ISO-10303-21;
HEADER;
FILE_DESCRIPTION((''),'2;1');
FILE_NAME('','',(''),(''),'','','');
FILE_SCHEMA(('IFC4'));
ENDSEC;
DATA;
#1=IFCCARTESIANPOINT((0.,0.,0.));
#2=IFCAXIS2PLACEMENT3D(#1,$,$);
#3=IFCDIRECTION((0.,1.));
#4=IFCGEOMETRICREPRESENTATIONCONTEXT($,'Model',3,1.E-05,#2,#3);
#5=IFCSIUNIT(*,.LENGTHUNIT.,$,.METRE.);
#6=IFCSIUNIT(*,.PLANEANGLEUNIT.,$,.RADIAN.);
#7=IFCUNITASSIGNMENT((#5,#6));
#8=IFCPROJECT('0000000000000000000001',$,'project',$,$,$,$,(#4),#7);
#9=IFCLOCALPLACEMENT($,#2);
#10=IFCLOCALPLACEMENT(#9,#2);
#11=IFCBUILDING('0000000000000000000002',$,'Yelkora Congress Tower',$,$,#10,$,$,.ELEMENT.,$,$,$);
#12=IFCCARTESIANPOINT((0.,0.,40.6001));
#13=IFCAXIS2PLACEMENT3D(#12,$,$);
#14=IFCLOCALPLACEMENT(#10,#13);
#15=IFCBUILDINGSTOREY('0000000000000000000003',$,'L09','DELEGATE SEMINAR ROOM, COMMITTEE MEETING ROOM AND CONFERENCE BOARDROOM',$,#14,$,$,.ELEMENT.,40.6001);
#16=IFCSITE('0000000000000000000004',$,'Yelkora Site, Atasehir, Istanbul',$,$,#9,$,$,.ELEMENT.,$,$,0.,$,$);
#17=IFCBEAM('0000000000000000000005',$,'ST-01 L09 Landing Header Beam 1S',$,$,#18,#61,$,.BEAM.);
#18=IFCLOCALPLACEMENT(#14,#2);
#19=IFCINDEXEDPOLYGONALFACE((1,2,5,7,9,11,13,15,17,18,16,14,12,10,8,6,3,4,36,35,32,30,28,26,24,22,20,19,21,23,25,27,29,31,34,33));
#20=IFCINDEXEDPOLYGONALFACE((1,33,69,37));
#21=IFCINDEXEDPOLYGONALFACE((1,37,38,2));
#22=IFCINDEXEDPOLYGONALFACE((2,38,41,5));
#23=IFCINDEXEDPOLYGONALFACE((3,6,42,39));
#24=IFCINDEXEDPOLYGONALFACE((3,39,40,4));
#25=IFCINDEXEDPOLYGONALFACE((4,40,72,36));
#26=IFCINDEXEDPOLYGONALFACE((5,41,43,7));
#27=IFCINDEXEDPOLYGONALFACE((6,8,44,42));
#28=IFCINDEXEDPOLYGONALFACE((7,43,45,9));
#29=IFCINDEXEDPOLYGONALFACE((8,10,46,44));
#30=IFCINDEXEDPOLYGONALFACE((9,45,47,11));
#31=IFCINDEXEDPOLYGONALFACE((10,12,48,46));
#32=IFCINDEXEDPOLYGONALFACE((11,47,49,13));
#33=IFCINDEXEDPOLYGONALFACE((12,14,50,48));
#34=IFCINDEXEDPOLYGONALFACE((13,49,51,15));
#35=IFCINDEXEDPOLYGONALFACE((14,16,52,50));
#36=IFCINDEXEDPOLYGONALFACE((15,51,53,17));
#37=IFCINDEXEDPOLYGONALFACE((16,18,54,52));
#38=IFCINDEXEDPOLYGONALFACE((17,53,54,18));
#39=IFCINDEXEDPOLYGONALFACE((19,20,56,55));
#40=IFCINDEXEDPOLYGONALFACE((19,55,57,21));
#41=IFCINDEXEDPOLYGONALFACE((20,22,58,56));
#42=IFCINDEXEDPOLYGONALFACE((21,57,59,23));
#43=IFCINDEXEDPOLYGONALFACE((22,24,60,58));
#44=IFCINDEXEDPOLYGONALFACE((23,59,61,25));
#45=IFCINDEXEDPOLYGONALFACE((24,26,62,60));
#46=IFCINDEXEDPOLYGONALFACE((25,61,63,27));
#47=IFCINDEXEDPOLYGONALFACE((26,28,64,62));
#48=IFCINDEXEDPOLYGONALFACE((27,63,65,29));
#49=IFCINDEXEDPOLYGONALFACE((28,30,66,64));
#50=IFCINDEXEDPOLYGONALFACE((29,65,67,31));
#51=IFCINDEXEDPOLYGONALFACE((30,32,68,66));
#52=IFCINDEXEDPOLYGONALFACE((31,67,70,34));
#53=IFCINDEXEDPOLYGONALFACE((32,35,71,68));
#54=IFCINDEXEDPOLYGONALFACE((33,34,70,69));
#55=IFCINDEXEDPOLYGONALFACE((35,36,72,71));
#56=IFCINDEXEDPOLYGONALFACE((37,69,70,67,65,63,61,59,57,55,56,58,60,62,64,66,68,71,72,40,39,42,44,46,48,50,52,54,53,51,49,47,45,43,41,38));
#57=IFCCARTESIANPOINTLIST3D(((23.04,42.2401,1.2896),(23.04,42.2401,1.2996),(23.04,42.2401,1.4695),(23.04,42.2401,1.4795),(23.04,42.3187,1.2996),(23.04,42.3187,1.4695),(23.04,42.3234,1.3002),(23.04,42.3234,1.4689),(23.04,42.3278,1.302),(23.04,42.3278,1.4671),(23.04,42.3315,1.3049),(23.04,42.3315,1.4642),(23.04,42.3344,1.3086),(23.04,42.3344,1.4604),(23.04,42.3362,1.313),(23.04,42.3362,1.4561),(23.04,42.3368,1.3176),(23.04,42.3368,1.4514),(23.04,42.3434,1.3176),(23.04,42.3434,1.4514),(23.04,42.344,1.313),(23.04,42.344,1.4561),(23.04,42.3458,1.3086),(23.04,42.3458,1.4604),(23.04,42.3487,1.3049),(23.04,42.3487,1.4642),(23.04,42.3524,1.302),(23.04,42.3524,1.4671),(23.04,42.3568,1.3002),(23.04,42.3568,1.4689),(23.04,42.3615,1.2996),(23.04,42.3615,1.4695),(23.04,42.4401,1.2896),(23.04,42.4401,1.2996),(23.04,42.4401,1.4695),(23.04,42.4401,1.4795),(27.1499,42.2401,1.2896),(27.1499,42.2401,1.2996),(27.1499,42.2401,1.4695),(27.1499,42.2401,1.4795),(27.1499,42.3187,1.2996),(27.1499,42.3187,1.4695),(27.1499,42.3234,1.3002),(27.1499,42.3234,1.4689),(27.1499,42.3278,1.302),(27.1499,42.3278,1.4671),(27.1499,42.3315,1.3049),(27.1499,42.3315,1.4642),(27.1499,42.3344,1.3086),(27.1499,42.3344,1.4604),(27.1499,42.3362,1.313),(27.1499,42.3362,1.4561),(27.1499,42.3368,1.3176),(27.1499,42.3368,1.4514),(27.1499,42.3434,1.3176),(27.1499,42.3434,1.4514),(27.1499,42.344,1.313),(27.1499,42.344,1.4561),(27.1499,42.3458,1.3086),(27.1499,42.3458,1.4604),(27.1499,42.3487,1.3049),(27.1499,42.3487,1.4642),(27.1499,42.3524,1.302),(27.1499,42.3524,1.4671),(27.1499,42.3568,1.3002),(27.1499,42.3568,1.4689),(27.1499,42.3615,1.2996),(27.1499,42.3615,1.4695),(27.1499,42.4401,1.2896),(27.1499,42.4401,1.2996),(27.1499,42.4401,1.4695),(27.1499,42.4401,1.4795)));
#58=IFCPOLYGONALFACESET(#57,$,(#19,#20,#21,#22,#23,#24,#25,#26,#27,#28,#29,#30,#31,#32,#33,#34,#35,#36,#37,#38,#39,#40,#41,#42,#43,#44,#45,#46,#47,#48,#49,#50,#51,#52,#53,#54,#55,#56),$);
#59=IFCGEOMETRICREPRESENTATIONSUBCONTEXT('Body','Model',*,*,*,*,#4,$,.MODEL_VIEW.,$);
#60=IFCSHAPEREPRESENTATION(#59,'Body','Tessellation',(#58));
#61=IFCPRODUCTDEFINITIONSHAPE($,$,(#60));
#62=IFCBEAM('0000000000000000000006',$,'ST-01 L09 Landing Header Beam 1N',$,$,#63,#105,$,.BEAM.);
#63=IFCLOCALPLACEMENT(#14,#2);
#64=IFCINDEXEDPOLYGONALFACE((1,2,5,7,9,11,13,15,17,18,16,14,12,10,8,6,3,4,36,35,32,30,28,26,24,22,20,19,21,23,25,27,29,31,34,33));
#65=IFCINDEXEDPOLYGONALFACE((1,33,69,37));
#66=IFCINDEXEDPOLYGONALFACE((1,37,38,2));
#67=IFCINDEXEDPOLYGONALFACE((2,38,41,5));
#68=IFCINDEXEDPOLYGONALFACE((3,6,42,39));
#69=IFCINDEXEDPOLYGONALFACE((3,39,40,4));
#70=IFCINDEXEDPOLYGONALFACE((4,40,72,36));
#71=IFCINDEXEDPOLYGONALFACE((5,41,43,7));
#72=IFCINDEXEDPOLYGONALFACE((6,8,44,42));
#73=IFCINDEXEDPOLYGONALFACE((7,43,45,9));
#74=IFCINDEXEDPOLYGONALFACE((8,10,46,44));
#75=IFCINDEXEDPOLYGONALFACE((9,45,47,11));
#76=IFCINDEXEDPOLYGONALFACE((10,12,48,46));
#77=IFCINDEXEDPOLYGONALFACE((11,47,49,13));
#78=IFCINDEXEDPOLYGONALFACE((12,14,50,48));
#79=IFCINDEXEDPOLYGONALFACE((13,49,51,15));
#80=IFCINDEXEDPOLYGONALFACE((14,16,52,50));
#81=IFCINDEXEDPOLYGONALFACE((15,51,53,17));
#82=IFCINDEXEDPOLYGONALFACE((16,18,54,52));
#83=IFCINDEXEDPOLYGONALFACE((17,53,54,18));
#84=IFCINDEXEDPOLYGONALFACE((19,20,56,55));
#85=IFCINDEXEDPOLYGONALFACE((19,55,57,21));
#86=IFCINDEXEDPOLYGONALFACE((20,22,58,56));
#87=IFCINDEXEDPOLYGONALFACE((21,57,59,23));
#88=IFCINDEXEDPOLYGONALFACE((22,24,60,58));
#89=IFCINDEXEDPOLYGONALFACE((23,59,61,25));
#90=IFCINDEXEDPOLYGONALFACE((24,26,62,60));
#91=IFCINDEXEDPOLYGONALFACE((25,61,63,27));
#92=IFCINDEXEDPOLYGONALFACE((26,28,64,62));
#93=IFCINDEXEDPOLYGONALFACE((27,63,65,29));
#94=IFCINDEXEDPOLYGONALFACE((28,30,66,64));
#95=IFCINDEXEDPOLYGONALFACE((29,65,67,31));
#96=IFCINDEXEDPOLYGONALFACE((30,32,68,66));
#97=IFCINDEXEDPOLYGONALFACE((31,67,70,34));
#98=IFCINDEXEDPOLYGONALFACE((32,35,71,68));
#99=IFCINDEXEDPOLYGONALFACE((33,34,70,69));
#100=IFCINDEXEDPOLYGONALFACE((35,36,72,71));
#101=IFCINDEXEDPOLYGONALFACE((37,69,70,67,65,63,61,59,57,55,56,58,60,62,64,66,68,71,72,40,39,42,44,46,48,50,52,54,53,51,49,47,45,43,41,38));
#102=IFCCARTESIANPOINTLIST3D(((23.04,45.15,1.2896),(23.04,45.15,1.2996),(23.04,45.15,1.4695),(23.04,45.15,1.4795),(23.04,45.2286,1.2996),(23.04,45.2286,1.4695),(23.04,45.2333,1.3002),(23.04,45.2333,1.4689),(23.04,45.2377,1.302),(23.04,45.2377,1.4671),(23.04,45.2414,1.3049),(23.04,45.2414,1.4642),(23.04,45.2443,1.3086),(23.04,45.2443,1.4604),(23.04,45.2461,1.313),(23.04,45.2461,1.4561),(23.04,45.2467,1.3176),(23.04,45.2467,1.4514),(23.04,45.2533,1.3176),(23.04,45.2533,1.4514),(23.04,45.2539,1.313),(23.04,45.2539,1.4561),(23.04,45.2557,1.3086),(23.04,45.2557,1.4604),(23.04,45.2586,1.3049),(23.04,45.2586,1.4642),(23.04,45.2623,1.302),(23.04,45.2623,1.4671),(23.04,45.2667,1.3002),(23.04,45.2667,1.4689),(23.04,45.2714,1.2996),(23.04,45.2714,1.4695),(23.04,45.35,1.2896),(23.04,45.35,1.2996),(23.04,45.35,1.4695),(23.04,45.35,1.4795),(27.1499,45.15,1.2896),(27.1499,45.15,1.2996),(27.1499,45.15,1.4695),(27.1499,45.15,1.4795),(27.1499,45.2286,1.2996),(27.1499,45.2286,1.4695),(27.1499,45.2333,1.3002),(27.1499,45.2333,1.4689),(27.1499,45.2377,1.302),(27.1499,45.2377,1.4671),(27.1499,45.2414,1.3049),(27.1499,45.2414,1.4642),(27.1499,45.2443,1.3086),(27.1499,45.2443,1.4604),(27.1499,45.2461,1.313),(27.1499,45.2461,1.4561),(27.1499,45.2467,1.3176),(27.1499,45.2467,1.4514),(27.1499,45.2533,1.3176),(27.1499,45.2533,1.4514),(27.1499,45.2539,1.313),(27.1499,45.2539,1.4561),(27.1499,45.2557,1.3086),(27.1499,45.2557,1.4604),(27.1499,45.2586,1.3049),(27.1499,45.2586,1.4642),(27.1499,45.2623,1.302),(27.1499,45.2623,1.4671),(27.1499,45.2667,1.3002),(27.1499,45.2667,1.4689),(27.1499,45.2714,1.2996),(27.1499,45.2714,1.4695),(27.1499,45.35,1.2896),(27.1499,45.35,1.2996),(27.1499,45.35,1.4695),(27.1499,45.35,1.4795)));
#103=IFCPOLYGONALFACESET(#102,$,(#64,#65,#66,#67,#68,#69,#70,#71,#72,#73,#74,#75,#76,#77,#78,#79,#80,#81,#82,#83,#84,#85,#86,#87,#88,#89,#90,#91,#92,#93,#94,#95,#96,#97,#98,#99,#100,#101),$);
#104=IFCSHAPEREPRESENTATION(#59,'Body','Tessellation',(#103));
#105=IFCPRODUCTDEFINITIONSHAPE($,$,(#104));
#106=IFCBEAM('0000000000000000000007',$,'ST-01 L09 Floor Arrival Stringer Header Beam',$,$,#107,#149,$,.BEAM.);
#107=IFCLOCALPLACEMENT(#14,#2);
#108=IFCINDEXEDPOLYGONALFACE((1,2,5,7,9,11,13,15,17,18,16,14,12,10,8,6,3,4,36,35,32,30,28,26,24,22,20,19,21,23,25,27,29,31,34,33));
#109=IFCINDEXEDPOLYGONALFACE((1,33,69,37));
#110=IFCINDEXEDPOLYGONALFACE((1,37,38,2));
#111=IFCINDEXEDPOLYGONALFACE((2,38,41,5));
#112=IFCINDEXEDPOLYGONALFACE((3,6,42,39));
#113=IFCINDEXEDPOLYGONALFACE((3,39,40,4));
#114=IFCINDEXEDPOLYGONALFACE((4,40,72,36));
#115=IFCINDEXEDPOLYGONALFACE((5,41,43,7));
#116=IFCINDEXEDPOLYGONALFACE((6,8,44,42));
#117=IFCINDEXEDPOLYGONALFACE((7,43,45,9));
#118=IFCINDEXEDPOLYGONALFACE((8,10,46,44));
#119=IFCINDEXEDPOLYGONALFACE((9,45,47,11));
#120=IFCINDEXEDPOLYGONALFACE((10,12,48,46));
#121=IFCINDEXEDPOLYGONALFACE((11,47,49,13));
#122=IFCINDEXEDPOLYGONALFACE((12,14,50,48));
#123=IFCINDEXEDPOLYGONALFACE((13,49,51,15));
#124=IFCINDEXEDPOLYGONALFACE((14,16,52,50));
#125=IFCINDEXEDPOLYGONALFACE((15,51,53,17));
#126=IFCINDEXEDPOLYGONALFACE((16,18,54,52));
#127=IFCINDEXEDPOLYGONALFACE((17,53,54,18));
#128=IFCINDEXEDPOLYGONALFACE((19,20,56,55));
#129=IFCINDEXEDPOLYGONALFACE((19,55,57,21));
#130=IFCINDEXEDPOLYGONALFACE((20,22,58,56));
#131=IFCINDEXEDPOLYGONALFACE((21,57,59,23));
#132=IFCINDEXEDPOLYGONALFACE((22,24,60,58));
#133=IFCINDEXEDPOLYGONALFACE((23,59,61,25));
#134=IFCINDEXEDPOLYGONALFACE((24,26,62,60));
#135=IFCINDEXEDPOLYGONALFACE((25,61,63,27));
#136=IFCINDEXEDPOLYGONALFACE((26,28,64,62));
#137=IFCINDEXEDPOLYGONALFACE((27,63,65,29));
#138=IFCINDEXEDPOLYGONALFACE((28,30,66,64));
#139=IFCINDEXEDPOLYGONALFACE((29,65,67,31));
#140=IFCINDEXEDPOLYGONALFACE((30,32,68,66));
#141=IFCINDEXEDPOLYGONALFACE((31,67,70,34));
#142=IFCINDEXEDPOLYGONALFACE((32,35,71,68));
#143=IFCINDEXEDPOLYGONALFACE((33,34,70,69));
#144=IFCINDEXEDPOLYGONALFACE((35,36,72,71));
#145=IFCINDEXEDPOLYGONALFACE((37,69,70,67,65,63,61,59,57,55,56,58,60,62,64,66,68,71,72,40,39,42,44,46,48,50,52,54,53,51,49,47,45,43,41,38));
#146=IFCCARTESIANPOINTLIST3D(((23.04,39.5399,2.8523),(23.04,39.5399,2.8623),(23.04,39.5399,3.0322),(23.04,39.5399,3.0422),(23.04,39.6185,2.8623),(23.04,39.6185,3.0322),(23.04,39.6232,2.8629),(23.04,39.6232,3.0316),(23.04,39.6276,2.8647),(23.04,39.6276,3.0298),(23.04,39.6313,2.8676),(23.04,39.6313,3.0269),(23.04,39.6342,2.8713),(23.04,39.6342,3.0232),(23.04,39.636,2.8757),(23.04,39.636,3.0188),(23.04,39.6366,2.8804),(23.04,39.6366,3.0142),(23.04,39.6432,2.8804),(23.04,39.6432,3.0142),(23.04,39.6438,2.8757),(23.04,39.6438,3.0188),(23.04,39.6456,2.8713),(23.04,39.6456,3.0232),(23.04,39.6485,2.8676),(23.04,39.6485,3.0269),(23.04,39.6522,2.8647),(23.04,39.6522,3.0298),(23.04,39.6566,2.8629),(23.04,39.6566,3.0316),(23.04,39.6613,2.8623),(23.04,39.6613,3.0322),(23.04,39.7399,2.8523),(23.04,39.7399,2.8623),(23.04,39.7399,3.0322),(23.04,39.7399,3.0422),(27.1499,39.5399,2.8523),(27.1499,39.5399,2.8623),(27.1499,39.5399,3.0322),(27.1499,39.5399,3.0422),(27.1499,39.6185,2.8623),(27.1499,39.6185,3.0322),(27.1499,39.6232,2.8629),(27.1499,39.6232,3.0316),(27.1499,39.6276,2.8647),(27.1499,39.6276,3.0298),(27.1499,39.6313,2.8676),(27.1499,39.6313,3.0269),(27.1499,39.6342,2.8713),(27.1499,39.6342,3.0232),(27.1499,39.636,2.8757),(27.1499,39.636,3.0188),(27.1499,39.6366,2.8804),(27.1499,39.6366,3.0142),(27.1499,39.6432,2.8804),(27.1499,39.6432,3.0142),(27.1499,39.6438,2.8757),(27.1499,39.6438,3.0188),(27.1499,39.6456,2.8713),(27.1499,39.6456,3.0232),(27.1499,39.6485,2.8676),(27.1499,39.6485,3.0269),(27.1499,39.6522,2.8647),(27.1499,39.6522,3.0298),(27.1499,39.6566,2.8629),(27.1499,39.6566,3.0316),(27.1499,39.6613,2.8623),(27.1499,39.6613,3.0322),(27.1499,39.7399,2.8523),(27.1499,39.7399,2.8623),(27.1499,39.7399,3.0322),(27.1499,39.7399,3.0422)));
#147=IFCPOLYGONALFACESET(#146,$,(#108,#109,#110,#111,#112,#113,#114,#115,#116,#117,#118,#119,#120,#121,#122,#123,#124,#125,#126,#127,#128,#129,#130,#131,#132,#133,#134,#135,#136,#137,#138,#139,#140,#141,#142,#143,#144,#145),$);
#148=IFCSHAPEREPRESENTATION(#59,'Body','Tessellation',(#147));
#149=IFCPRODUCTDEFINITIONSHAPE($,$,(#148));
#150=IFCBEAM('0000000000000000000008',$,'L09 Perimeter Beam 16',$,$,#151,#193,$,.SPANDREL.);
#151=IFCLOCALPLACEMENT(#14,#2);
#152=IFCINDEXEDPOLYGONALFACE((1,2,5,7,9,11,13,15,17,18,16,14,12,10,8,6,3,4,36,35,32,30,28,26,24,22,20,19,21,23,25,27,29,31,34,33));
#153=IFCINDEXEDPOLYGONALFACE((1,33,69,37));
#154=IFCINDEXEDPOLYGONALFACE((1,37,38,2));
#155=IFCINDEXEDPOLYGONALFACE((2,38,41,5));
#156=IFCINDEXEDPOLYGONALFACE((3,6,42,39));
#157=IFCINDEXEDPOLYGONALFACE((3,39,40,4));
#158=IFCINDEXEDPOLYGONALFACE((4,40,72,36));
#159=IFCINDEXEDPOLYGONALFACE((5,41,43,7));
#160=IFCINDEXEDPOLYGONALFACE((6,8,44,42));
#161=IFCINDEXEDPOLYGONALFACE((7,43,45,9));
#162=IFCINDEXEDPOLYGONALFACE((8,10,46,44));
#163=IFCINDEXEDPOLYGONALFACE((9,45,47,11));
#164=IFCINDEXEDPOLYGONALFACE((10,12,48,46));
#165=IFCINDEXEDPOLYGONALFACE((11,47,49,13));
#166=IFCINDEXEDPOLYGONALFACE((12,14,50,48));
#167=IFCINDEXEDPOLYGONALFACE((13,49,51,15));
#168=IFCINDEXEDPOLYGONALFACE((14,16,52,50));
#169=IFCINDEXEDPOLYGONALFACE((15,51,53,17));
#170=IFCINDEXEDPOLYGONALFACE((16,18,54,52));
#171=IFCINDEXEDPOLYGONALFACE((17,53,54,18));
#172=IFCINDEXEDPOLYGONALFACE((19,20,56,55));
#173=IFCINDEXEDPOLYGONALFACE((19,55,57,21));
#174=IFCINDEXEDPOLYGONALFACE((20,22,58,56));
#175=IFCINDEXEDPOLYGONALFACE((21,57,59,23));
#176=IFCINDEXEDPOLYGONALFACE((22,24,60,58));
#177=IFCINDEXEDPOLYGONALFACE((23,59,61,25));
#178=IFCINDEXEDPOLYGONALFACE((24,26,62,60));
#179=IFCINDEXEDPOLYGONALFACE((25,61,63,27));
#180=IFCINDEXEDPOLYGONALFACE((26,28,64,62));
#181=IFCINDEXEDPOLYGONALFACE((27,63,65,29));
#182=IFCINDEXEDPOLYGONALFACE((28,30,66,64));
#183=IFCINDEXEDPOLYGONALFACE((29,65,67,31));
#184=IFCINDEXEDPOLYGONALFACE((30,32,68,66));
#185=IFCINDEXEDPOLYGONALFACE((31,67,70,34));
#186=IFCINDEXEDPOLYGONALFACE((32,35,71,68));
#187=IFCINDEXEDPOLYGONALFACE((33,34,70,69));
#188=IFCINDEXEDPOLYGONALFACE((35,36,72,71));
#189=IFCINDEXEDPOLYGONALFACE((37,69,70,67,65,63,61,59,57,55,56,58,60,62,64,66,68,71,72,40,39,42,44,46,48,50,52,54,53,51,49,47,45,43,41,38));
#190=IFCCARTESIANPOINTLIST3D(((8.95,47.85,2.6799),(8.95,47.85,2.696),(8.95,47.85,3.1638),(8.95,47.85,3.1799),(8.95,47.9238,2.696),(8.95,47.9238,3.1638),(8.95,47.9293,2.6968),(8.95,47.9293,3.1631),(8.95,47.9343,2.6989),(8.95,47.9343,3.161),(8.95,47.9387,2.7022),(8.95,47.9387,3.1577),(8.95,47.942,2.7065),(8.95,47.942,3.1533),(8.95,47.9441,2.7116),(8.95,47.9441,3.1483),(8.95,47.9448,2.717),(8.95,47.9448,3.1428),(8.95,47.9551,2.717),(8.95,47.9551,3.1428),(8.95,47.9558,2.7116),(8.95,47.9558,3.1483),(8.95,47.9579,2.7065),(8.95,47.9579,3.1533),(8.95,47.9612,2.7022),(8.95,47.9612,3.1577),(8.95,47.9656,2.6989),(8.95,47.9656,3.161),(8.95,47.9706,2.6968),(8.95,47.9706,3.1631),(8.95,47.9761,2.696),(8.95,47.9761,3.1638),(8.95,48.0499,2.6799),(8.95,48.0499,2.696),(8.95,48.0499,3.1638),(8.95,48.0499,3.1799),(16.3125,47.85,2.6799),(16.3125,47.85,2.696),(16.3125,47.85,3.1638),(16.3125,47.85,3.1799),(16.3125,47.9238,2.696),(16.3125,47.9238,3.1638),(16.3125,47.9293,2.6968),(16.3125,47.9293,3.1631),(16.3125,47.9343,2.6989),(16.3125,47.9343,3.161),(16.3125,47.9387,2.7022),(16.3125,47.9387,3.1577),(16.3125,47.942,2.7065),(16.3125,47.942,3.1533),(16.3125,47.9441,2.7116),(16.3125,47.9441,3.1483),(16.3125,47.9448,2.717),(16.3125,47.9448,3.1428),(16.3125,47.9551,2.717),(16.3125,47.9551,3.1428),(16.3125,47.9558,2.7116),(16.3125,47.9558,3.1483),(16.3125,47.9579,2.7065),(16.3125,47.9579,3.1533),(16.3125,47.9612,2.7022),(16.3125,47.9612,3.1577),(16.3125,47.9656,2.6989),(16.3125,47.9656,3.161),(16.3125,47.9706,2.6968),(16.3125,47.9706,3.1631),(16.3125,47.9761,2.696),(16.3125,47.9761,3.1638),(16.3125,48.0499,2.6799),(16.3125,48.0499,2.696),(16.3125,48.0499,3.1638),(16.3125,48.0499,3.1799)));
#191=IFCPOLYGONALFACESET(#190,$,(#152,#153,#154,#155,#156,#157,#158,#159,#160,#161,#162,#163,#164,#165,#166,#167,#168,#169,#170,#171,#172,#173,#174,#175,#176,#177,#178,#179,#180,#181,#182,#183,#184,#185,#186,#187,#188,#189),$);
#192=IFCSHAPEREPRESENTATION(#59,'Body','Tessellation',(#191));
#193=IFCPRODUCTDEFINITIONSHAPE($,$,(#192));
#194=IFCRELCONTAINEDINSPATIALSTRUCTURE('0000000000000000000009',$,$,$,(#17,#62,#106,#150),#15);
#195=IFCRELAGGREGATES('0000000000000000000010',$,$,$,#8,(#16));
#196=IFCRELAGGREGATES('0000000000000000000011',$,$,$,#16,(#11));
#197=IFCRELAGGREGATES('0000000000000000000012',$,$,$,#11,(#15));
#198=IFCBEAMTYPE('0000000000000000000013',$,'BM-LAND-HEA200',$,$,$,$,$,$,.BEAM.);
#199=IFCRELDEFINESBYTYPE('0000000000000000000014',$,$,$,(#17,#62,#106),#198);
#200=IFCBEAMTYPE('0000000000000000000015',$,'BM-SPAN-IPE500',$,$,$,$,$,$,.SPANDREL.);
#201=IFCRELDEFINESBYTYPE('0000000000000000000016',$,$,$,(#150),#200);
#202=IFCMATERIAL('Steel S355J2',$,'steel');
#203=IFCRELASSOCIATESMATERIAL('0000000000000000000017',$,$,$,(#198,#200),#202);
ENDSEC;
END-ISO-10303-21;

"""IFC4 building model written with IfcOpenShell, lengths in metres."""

from ifc_helpers import new_model, si_unit, direction, frame, origin, origin_2d, place, context, subcontext, project, spatial, i_section, extrude, material, material_profile, profile_set, type_object, element, save


model = new_model("IFC4")

# Units and contexts
model_context = context("Model", 3, precision=1e-05, world=origin(), true_north=direction((0.0, 1.0)))
body_context = subcontext(model_context, "Body", "Model", "MODEL_VIEW")
ifc_project = project(units=[si_unit("LENGTHUNIT", "METRE"), si_unit("PLANEANGLEUNIT", "RADIAN")], contexts=[model_context])

# Site, building, storey
site_placement = place(None, origin())
site = spatial("IfcSite", under=ifc_project, at=site_placement, Name="Yelkora Site, Atasehir, Istanbul", CompositionType="ELEMENT", RefElevation=0.0)
building_placement = place(site_placement, origin())
building = spatial("IfcBuilding", under=site, at=building_placement, Name="Yelkora Congress Tower", CompositionType="ELEMENT")
storey_placement = place(building_placement, frame((0.0, 0.0, 40.6001)))
storey = spatial("IfcBuildingStorey", under=building, at=storey_placement, Name="L09", Description="DELEGATE SEMINAR ROOM, COMMITTEE MEETING ROOM AND CONFERENCE BOARDROOM", CompositionType="ELEMENT", Elevation=40.6001)

# Beams
ifc_material_1 = material(Name="Steel S355J2", Category="steel")
ifc_material_profile_1 = material_profile(ifc_material_1, i_section(OverallWidth=0.2, OverallDepth=0.1899, WebThickness=0.0066, FlangeThickness=0.01, FilletRadius=0.0181, at=origin_2d()), Name="HEA 200")
ifc_profile_set_1 = profile_set([ifc_material_profile_1], Name="Steel S355J2")
beam_type_1 = type_object("IfcBeamType", Name="BM-LAND-HEA200", PredefinedType="BEAM", material=ifc_profile_set_1)
for number, where, z_axis, x_axis, name in (
    (1, (23.04, 42.3401, 1.3845), (1.0, 0.0, 0.0), (0.0, 1.0, 0.0), "ST-01 L09 Landing Header Beam 1S"),
    (2, (23.04, 45.25, 1.3845), (1.0, 0.0, 0.0), (0.0, 1.0, 0.0), "ST-01 L09 Landing Header Beam 1N"),
    (3, (23.04, 39.6399, 2.9473), (1.0, 0.0, 0.0), (0.0, 1.0, 0.0), "ST-01 L09 Floor Arrival Stringer Header Beam"),
):
    element("IfcBeam", number, at=place(storey_placement, frame(where, z_axis=z_axis, x_axis=x_axis)), inside=storey, type_object=beam_type_1, Name=name, PredefinedType="BEAM", context=body_context, shape_type="SweptSolid", body=[
        extrude(i_section(OverallWidth=0.2, OverallDepth=0.1899, WebThickness=0.0066, FlangeThickness=0.01, FilletRadius=0.0181, at=origin_2d()), origin(), (0.0, 0.0, 1.0), 4.1099),
    ])
ifc_material_profile_2 = material_profile(ifc_material_1, i_section(OverallWidth=0.2, OverallDepth=0.5, WebThickness=0.0103, FlangeThickness=0.0161, FilletRadius=0.021, at=origin_2d()), Name="IPE 500")
ifc_profile_set_2 = profile_set([ifc_material_profile_2], Name="Steel S355J2")
beam_type_2 = type_object("IfcBeamType", Name="BM-SPAN-IPE500", PredefinedType="SPANDREL", material=ifc_profile_set_2)
beam_1_placement = place(storey_placement, frame((16.3125, 47.95, 2.9299), z_axis=(-1.0, 0.0, 0.0), x_axis=(0.0, -1.0, 0.0)))
element("IfcBeam", 4, at=beam_1_placement, inside=storey, type_object=beam_type_2, Name="L09 Perimeter Beam 16", PredefinedType="SPANDREL", context=body_context, shape_type="SweptSolid", body=[
    extrude(i_section(OverallWidth=0.2, OverallDepth=0.5, WebThickness=0.0103, FlangeThickness=0.0161, FilletRadius=0.021, at=origin_2d()), origin(), (0.0, 0.0, 1.0), 7.3625),
])

save(model, "model.ifc")
